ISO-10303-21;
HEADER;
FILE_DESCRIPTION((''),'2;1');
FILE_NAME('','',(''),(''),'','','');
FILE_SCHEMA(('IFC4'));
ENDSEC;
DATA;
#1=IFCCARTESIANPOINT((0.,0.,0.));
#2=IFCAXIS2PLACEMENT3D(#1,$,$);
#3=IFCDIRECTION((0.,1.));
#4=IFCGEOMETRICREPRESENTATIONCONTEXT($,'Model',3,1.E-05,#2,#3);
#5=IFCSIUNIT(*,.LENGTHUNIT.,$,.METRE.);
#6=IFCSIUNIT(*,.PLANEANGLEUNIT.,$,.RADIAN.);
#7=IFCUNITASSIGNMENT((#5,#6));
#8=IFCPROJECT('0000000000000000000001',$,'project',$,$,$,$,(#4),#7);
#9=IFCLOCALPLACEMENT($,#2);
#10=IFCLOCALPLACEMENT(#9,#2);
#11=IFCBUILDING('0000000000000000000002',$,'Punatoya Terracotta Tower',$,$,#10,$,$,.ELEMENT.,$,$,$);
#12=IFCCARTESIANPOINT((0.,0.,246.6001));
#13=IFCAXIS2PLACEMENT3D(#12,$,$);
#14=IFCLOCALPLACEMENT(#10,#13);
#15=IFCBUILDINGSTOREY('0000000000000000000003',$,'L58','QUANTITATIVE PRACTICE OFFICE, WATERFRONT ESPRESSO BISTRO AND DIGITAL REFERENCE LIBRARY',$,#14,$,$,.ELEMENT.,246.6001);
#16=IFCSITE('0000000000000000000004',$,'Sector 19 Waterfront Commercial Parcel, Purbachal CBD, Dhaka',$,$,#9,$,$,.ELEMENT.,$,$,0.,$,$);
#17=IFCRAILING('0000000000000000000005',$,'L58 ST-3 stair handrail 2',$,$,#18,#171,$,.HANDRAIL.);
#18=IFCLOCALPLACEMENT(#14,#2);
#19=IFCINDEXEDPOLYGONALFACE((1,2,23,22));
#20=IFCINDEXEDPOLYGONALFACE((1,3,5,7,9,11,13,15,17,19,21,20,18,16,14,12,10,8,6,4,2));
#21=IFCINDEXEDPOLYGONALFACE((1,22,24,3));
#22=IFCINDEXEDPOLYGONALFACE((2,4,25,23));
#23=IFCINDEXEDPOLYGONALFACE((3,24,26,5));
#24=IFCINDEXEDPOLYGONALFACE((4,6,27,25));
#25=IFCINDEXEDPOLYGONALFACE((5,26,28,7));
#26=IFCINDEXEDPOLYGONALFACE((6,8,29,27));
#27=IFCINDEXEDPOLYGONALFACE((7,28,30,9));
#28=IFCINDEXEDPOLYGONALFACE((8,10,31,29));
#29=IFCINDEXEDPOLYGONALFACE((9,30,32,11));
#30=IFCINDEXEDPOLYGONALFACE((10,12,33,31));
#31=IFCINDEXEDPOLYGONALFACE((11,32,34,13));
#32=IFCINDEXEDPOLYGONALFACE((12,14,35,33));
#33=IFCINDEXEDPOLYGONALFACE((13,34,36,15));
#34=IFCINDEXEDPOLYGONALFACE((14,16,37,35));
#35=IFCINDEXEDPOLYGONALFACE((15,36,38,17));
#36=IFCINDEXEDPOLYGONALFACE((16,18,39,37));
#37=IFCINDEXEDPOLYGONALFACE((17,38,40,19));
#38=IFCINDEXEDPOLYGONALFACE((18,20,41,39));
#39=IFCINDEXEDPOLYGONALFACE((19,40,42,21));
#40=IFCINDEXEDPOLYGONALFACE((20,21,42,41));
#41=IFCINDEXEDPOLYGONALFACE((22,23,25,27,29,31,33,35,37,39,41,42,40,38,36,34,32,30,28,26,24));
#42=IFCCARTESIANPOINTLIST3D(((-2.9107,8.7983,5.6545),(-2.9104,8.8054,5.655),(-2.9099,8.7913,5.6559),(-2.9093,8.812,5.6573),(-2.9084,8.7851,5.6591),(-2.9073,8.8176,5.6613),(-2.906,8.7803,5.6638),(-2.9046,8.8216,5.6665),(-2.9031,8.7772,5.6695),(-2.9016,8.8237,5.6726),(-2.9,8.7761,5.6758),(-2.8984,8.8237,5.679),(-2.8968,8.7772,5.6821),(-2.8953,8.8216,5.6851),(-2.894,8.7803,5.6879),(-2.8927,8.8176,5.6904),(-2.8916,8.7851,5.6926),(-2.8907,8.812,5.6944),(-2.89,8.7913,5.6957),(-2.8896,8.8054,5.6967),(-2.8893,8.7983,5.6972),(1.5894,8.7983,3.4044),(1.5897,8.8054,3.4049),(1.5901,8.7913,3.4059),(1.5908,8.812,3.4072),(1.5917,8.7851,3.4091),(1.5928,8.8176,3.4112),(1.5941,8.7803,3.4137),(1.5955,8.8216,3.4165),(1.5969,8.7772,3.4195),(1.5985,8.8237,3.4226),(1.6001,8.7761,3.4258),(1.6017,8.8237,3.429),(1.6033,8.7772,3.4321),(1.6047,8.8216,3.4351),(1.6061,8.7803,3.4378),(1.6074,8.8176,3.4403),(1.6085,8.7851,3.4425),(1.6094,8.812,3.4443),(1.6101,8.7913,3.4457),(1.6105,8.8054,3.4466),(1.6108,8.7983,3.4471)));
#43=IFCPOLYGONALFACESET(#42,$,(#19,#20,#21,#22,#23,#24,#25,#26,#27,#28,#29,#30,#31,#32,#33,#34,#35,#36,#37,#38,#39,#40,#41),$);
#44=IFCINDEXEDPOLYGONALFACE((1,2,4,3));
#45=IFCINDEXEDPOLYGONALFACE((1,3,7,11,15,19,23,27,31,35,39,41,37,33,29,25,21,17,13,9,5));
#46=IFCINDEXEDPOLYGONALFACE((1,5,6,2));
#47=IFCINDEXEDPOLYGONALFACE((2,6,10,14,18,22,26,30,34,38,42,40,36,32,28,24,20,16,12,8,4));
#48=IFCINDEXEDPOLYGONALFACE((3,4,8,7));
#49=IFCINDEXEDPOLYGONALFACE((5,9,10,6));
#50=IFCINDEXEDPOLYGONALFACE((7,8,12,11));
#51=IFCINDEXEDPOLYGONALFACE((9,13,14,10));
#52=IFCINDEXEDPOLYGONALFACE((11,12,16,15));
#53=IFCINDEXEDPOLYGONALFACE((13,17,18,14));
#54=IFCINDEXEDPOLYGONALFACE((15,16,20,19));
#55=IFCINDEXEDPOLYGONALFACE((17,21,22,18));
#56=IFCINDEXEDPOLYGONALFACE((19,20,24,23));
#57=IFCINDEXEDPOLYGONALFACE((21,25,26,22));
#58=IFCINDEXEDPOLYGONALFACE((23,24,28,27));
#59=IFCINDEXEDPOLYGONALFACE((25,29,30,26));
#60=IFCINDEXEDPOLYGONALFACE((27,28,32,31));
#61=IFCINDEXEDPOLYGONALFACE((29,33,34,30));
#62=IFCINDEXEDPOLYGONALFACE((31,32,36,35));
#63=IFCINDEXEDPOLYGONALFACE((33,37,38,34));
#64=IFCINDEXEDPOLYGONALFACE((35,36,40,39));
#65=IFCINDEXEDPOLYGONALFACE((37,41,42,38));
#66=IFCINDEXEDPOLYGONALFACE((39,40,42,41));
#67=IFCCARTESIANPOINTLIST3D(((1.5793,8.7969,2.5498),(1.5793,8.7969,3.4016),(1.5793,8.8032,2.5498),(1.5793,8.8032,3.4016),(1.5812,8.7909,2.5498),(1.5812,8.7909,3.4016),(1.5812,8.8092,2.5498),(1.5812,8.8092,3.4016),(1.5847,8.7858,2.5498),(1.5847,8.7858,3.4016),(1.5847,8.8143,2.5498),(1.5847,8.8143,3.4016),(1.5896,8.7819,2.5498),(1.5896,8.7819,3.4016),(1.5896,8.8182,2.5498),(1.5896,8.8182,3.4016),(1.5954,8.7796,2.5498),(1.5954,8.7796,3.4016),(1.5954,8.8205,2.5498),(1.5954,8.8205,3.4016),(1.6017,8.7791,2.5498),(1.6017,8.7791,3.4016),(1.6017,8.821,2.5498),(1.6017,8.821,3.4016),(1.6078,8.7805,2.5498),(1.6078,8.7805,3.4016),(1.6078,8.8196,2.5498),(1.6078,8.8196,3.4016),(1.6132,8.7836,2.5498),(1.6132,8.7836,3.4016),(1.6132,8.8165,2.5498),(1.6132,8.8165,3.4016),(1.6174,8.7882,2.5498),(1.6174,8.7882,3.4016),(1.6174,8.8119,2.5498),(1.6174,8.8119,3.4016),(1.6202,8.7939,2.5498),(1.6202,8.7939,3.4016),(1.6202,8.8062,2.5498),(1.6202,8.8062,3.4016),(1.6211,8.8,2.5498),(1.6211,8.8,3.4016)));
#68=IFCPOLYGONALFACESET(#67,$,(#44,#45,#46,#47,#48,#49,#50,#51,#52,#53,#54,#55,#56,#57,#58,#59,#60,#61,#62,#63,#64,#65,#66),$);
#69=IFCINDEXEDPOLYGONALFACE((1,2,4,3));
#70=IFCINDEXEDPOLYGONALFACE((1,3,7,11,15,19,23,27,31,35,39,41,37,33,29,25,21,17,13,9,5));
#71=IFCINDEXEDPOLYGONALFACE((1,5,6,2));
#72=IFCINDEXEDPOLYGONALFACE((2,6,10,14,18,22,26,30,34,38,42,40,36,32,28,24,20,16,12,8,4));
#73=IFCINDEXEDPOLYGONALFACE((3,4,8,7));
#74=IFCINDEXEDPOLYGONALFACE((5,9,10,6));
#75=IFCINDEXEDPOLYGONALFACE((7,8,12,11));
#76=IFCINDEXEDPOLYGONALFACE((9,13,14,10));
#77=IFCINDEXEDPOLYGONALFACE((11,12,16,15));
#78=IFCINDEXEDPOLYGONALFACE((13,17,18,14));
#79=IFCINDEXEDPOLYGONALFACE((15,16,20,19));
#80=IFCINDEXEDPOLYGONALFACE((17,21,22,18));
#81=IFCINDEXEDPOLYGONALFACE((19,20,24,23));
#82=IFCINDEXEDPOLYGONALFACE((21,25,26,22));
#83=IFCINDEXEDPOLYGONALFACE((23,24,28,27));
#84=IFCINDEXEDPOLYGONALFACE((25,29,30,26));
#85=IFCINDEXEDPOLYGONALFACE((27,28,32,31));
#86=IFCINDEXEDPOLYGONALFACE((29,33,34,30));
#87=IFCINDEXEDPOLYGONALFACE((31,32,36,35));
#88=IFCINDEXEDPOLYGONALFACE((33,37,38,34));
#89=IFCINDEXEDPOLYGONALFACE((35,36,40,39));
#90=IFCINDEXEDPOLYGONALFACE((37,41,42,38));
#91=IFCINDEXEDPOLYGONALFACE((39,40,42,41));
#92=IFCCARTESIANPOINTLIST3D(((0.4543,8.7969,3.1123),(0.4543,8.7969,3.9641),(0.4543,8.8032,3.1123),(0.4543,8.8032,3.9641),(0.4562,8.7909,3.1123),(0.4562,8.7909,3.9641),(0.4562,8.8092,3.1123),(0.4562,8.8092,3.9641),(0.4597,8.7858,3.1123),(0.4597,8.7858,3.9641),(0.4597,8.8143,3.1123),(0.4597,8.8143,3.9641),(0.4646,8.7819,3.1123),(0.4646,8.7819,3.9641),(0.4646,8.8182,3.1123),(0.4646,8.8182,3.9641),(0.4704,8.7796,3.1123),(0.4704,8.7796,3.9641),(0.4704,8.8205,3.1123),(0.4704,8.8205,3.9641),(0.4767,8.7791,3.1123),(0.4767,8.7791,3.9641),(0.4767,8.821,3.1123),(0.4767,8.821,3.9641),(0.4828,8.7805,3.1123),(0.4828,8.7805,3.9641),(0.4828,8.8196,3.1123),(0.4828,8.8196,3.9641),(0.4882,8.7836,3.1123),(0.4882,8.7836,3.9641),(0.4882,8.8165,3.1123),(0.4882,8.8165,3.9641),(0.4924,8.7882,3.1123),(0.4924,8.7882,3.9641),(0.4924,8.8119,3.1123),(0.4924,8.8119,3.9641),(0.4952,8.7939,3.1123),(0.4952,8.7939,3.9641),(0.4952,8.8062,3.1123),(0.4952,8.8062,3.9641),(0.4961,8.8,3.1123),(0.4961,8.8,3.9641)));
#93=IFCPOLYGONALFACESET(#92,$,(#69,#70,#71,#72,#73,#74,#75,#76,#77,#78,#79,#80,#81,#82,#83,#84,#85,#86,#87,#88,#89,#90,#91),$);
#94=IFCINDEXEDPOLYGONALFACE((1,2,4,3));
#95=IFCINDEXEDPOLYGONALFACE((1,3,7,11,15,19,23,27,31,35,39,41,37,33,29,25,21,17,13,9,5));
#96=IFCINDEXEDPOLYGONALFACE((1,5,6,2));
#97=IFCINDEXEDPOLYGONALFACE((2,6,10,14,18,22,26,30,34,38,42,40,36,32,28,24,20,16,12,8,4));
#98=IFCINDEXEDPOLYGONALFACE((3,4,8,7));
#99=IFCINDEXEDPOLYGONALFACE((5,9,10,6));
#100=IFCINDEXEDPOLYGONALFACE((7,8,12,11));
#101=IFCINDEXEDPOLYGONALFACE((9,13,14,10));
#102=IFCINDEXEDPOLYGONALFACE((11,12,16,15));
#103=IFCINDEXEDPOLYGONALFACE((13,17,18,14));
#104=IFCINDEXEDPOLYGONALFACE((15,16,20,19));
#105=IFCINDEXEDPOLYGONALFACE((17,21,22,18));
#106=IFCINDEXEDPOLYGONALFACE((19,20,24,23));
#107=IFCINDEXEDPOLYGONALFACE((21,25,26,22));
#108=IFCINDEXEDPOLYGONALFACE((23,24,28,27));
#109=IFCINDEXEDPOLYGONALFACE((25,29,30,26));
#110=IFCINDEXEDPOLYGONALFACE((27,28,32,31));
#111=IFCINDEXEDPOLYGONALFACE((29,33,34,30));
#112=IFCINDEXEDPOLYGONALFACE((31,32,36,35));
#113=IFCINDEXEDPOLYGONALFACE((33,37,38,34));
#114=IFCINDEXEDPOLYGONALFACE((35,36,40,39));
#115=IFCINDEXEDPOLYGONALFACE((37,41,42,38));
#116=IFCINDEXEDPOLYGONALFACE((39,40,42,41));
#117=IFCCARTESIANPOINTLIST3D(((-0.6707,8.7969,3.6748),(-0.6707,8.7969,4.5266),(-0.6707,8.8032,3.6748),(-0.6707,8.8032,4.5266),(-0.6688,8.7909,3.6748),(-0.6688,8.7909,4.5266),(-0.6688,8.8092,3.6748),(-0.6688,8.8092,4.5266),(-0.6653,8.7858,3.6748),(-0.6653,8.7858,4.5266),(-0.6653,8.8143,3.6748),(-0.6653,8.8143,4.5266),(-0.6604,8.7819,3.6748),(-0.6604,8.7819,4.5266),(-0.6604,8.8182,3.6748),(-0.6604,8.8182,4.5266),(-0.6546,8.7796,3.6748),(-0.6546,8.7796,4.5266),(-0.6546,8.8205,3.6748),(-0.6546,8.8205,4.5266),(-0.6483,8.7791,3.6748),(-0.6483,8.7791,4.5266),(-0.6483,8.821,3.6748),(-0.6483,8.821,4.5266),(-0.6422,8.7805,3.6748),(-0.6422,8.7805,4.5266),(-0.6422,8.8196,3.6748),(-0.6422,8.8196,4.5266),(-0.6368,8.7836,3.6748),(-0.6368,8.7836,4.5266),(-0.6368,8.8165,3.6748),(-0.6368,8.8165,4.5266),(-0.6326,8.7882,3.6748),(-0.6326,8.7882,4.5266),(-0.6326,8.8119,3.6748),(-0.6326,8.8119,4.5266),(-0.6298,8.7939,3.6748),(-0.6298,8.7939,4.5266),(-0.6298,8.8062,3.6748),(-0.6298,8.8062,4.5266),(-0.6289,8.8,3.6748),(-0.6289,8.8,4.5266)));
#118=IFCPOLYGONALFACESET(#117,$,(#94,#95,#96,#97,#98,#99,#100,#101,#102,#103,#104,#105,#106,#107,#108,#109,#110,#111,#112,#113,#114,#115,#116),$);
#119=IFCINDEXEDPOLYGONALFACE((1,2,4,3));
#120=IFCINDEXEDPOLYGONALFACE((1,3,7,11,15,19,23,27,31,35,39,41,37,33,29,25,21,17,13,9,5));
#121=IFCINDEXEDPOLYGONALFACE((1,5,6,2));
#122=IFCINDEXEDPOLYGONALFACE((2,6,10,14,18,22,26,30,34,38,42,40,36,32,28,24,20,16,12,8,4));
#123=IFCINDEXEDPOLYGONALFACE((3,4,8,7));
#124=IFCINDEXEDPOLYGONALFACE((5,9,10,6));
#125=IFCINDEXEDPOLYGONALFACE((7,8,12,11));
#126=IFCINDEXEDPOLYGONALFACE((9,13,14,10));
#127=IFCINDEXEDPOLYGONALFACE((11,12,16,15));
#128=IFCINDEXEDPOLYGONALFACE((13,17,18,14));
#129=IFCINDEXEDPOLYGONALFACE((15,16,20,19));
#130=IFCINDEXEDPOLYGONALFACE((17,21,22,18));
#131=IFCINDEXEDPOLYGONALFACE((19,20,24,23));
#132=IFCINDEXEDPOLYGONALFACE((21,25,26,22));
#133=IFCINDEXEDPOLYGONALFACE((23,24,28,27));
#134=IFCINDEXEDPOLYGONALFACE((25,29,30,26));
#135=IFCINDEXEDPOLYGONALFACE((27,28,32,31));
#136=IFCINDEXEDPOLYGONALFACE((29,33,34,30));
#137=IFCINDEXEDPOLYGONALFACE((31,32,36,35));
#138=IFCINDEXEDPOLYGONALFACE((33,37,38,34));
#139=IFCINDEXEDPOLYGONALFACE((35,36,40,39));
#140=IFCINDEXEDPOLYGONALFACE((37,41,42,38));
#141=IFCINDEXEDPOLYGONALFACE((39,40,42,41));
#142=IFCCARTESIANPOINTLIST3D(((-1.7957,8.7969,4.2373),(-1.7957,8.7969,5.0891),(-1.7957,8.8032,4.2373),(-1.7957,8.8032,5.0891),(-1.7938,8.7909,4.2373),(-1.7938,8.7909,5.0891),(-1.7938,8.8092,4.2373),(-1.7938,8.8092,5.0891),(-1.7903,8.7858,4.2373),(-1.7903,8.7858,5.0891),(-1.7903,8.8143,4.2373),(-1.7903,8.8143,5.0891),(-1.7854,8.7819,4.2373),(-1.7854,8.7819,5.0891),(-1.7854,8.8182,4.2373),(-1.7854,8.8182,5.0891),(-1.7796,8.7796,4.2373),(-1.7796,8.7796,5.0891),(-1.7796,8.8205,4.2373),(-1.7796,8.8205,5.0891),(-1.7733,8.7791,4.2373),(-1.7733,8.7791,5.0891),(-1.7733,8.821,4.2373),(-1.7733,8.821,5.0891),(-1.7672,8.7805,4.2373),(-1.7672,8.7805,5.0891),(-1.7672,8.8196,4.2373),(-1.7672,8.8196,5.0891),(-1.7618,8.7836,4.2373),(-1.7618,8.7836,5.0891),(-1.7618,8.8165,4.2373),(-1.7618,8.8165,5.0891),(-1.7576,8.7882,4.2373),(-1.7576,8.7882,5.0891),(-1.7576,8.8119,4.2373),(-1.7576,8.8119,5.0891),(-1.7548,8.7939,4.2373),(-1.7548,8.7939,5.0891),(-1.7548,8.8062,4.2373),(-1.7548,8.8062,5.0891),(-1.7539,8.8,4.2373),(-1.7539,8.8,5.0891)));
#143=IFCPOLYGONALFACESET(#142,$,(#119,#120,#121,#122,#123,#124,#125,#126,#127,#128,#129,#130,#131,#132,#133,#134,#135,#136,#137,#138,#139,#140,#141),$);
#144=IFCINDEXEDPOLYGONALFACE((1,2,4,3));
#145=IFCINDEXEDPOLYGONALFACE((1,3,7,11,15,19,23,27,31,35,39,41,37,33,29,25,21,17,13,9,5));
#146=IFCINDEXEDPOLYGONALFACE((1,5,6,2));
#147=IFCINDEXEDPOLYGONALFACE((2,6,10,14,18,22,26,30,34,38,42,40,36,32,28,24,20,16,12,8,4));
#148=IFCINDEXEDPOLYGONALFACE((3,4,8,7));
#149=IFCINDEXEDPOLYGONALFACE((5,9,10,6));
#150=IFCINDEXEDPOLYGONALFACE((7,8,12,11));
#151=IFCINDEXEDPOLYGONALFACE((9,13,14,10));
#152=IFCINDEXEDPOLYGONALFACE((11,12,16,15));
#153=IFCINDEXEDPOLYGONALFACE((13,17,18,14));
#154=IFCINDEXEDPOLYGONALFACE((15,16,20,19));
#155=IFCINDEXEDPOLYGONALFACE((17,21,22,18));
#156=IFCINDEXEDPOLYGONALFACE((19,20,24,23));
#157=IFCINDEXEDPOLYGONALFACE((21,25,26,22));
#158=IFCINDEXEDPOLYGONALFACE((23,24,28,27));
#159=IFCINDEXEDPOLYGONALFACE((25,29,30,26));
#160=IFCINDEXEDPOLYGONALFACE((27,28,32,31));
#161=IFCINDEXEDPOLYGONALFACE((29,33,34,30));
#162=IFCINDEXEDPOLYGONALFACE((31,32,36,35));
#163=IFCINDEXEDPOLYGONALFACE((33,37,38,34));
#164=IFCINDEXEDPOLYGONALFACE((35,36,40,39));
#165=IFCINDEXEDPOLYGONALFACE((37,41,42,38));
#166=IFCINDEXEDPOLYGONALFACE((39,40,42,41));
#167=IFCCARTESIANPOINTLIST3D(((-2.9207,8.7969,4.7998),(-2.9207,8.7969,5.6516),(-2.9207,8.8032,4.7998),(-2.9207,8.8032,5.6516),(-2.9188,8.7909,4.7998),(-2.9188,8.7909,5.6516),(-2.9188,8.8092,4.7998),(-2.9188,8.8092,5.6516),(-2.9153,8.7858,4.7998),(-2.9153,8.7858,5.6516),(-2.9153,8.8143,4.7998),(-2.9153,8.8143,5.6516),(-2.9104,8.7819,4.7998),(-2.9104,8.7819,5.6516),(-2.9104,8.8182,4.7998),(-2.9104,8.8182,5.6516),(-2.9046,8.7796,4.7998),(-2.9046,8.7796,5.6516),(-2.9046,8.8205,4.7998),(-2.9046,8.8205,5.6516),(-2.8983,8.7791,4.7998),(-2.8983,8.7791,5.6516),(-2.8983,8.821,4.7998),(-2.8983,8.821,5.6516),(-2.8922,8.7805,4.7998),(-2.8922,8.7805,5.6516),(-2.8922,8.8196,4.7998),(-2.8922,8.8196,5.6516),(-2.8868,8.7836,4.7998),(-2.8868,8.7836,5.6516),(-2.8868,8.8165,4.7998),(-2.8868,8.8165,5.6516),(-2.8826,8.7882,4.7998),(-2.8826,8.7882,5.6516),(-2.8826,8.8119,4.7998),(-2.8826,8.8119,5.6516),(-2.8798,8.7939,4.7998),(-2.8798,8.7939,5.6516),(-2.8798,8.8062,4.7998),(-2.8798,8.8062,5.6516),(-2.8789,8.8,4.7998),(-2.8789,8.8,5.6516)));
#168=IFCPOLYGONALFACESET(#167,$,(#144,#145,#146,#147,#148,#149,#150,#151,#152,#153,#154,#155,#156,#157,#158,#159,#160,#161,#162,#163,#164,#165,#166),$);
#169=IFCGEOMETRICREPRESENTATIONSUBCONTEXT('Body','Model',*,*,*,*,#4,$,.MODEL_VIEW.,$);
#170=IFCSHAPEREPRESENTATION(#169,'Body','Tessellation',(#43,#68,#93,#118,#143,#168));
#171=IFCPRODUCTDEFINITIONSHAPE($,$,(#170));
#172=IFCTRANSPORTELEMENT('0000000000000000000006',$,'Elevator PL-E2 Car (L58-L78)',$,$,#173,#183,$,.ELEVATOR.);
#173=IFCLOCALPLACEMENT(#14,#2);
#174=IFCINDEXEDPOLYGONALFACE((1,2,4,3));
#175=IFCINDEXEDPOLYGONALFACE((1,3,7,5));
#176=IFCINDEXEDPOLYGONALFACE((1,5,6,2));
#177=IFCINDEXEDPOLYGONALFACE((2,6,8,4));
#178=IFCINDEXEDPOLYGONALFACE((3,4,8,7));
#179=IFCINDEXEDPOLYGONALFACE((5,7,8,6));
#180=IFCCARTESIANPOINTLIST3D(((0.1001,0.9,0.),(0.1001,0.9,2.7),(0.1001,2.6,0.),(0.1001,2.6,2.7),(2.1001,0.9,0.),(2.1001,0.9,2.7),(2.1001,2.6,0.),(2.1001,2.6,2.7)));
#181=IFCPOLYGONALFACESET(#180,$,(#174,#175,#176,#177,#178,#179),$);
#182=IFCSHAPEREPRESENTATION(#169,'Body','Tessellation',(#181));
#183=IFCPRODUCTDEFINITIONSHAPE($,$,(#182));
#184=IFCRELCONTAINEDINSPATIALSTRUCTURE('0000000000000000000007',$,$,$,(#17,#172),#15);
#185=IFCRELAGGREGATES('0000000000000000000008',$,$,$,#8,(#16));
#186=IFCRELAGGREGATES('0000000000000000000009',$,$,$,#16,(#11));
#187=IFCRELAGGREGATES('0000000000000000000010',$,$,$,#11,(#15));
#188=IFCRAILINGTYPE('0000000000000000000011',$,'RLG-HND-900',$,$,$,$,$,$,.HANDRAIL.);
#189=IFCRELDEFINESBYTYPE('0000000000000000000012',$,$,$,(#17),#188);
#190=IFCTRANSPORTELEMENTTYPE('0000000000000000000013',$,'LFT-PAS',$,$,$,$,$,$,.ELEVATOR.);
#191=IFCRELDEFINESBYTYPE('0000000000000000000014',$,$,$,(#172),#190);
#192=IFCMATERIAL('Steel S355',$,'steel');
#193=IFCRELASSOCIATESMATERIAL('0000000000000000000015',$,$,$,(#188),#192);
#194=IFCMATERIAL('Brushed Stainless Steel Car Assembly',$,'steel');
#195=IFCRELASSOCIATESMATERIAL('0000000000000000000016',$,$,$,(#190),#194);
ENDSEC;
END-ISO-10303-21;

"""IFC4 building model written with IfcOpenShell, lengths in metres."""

from ifc_helpers import new_model, si_unit, direction, frame, origin, origin_2d, place, context, subcontext, project, spatial, rectangle, circle, extrude, material, type_object, element, save


model = new_model("IFC4")

# Units and contexts
model_context = context("Model", 3, precision=1e-05, world=origin(), true_north=direction((0.0, 1.0)))
body_context = subcontext(model_context, "Body", "Model", "MODEL_VIEW")
ifc_project = project(units=[si_unit("LENGTHUNIT", "METRE"), si_unit("PLANEANGLEUNIT", "RADIAN")], contexts=[model_context])

# Site, building, storey
site_placement = place(None, origin())
site = spatial("IfcSite", under=ifc_project, at=site_placement, Name="Sector 19 Waterfront Commercial Parcel, Purbachal CBD, Dhaka", CompositionType="ELEMENT", RefElevation=0.0)
building_placement = place(site_placement, origin())
building = spatial("IfcBuilding", under=site, at=building_placement, Name="Punatoya Terracotta Tower", CompositionType="ELEMENT")
storey_placement = place(building_placement, frame((0.0, 0.0, 246.6001)))
storey = spatial("IfcBuildingStorey", under=building, at=storey_placement, Name="L58", Description="QUANTITATIVE PRACTICE OFFICE, WATERFRONT ESPRESSO BISTRO AND DIGITAL REFERENCE LIBRARY", CompositionType="ELEMENT", Elevation=246.6001)

# Shared definitions
ifc_material_1 = material(Name="Steel S355", Category="steel")

# Railing
railing_type_1 = type_object("IfcRailingType", Name="RLG-HND-900", PredefinedType="HANDRAIL", material=ifc_material_1)
railing_1_placement = place(storey_placement, frame((1.6001, 8.8, 2.5498)))
element("IfcRailing", 1, at=railing_1_placement, inside=storey, type_object=railing_type_1, Name="L58 ST-3 stair handrail 2", PredefinedType="HANDRAIL", context=body_context, shape_type="SweptSolid", body=[
    extrude(circle(Radius=0.0239, at=origin_2d()), frame((0.0, 0.0, 0.876), z_axis=(-0.894427, 0.0, 0.447214), x_axis=(0.0, -1.0, 0.0)), (0.0, 0.0, 1.0), 5.0312),
    extrude(circle(Radius=0.021, at=origin_2d()), origin(), (0.0, 0.0, 1.0), 0.8518),
    extrude(circle(Radius=0.021, at=origin_2d()), frame((-1.125, 0.0, 0.5625)), (0.0, 0.0, 1.0), 0.8518),
    extrude(circle(Radius=0.021, at=origin_2d()), frame((-2.25, 0.0, 1.125)), (0.0, 0.0, 1.0), 0.8518),
    extrude(circle(Radius=0.021, at=origin_2d()), frame((-3.375, 0.0, 1.6875)), (0.0, 0.0, 1.0), 0.8518),
    extrude(circle(Radius=0.021, at=origin_2d()), frame((-4.5, 0.0, 2.25)), (0.0, 0.0, 1.0), 0.8518),
])

# Transport element
ifc_material_2 = material(Name="Brushed Stainless Steel Car Assembly", Category="steel")
transport_element_type = type_object("IfcTransportElementType", Name="LFT-PAS", PredefinedType="ELEVATOR", material=ifc_material_2)
transport_element_placement = place(storey_placement, frame((1.1001, 1.75, 0.0), z_axis=(0.0, 0.0, 1.0), x_axis=(1.0, 0.0, 0.0)))
element("IfcTransportElement", 2, at=transport_element_placement, inside=storey, type_object=transport_element_type, Name="Elevator PL-E2 Car (L58-L78)", PredefinedType="ELEVATOR", context=body_context, shape_type="SweptSolid", body=[
    extrude(rectangle(XDim=2.0, YDim=1.7, at=origin_2d()), origin(), (0.0, 0.0, 1.0), 2.7),
])

save(model, "model.ifc")
